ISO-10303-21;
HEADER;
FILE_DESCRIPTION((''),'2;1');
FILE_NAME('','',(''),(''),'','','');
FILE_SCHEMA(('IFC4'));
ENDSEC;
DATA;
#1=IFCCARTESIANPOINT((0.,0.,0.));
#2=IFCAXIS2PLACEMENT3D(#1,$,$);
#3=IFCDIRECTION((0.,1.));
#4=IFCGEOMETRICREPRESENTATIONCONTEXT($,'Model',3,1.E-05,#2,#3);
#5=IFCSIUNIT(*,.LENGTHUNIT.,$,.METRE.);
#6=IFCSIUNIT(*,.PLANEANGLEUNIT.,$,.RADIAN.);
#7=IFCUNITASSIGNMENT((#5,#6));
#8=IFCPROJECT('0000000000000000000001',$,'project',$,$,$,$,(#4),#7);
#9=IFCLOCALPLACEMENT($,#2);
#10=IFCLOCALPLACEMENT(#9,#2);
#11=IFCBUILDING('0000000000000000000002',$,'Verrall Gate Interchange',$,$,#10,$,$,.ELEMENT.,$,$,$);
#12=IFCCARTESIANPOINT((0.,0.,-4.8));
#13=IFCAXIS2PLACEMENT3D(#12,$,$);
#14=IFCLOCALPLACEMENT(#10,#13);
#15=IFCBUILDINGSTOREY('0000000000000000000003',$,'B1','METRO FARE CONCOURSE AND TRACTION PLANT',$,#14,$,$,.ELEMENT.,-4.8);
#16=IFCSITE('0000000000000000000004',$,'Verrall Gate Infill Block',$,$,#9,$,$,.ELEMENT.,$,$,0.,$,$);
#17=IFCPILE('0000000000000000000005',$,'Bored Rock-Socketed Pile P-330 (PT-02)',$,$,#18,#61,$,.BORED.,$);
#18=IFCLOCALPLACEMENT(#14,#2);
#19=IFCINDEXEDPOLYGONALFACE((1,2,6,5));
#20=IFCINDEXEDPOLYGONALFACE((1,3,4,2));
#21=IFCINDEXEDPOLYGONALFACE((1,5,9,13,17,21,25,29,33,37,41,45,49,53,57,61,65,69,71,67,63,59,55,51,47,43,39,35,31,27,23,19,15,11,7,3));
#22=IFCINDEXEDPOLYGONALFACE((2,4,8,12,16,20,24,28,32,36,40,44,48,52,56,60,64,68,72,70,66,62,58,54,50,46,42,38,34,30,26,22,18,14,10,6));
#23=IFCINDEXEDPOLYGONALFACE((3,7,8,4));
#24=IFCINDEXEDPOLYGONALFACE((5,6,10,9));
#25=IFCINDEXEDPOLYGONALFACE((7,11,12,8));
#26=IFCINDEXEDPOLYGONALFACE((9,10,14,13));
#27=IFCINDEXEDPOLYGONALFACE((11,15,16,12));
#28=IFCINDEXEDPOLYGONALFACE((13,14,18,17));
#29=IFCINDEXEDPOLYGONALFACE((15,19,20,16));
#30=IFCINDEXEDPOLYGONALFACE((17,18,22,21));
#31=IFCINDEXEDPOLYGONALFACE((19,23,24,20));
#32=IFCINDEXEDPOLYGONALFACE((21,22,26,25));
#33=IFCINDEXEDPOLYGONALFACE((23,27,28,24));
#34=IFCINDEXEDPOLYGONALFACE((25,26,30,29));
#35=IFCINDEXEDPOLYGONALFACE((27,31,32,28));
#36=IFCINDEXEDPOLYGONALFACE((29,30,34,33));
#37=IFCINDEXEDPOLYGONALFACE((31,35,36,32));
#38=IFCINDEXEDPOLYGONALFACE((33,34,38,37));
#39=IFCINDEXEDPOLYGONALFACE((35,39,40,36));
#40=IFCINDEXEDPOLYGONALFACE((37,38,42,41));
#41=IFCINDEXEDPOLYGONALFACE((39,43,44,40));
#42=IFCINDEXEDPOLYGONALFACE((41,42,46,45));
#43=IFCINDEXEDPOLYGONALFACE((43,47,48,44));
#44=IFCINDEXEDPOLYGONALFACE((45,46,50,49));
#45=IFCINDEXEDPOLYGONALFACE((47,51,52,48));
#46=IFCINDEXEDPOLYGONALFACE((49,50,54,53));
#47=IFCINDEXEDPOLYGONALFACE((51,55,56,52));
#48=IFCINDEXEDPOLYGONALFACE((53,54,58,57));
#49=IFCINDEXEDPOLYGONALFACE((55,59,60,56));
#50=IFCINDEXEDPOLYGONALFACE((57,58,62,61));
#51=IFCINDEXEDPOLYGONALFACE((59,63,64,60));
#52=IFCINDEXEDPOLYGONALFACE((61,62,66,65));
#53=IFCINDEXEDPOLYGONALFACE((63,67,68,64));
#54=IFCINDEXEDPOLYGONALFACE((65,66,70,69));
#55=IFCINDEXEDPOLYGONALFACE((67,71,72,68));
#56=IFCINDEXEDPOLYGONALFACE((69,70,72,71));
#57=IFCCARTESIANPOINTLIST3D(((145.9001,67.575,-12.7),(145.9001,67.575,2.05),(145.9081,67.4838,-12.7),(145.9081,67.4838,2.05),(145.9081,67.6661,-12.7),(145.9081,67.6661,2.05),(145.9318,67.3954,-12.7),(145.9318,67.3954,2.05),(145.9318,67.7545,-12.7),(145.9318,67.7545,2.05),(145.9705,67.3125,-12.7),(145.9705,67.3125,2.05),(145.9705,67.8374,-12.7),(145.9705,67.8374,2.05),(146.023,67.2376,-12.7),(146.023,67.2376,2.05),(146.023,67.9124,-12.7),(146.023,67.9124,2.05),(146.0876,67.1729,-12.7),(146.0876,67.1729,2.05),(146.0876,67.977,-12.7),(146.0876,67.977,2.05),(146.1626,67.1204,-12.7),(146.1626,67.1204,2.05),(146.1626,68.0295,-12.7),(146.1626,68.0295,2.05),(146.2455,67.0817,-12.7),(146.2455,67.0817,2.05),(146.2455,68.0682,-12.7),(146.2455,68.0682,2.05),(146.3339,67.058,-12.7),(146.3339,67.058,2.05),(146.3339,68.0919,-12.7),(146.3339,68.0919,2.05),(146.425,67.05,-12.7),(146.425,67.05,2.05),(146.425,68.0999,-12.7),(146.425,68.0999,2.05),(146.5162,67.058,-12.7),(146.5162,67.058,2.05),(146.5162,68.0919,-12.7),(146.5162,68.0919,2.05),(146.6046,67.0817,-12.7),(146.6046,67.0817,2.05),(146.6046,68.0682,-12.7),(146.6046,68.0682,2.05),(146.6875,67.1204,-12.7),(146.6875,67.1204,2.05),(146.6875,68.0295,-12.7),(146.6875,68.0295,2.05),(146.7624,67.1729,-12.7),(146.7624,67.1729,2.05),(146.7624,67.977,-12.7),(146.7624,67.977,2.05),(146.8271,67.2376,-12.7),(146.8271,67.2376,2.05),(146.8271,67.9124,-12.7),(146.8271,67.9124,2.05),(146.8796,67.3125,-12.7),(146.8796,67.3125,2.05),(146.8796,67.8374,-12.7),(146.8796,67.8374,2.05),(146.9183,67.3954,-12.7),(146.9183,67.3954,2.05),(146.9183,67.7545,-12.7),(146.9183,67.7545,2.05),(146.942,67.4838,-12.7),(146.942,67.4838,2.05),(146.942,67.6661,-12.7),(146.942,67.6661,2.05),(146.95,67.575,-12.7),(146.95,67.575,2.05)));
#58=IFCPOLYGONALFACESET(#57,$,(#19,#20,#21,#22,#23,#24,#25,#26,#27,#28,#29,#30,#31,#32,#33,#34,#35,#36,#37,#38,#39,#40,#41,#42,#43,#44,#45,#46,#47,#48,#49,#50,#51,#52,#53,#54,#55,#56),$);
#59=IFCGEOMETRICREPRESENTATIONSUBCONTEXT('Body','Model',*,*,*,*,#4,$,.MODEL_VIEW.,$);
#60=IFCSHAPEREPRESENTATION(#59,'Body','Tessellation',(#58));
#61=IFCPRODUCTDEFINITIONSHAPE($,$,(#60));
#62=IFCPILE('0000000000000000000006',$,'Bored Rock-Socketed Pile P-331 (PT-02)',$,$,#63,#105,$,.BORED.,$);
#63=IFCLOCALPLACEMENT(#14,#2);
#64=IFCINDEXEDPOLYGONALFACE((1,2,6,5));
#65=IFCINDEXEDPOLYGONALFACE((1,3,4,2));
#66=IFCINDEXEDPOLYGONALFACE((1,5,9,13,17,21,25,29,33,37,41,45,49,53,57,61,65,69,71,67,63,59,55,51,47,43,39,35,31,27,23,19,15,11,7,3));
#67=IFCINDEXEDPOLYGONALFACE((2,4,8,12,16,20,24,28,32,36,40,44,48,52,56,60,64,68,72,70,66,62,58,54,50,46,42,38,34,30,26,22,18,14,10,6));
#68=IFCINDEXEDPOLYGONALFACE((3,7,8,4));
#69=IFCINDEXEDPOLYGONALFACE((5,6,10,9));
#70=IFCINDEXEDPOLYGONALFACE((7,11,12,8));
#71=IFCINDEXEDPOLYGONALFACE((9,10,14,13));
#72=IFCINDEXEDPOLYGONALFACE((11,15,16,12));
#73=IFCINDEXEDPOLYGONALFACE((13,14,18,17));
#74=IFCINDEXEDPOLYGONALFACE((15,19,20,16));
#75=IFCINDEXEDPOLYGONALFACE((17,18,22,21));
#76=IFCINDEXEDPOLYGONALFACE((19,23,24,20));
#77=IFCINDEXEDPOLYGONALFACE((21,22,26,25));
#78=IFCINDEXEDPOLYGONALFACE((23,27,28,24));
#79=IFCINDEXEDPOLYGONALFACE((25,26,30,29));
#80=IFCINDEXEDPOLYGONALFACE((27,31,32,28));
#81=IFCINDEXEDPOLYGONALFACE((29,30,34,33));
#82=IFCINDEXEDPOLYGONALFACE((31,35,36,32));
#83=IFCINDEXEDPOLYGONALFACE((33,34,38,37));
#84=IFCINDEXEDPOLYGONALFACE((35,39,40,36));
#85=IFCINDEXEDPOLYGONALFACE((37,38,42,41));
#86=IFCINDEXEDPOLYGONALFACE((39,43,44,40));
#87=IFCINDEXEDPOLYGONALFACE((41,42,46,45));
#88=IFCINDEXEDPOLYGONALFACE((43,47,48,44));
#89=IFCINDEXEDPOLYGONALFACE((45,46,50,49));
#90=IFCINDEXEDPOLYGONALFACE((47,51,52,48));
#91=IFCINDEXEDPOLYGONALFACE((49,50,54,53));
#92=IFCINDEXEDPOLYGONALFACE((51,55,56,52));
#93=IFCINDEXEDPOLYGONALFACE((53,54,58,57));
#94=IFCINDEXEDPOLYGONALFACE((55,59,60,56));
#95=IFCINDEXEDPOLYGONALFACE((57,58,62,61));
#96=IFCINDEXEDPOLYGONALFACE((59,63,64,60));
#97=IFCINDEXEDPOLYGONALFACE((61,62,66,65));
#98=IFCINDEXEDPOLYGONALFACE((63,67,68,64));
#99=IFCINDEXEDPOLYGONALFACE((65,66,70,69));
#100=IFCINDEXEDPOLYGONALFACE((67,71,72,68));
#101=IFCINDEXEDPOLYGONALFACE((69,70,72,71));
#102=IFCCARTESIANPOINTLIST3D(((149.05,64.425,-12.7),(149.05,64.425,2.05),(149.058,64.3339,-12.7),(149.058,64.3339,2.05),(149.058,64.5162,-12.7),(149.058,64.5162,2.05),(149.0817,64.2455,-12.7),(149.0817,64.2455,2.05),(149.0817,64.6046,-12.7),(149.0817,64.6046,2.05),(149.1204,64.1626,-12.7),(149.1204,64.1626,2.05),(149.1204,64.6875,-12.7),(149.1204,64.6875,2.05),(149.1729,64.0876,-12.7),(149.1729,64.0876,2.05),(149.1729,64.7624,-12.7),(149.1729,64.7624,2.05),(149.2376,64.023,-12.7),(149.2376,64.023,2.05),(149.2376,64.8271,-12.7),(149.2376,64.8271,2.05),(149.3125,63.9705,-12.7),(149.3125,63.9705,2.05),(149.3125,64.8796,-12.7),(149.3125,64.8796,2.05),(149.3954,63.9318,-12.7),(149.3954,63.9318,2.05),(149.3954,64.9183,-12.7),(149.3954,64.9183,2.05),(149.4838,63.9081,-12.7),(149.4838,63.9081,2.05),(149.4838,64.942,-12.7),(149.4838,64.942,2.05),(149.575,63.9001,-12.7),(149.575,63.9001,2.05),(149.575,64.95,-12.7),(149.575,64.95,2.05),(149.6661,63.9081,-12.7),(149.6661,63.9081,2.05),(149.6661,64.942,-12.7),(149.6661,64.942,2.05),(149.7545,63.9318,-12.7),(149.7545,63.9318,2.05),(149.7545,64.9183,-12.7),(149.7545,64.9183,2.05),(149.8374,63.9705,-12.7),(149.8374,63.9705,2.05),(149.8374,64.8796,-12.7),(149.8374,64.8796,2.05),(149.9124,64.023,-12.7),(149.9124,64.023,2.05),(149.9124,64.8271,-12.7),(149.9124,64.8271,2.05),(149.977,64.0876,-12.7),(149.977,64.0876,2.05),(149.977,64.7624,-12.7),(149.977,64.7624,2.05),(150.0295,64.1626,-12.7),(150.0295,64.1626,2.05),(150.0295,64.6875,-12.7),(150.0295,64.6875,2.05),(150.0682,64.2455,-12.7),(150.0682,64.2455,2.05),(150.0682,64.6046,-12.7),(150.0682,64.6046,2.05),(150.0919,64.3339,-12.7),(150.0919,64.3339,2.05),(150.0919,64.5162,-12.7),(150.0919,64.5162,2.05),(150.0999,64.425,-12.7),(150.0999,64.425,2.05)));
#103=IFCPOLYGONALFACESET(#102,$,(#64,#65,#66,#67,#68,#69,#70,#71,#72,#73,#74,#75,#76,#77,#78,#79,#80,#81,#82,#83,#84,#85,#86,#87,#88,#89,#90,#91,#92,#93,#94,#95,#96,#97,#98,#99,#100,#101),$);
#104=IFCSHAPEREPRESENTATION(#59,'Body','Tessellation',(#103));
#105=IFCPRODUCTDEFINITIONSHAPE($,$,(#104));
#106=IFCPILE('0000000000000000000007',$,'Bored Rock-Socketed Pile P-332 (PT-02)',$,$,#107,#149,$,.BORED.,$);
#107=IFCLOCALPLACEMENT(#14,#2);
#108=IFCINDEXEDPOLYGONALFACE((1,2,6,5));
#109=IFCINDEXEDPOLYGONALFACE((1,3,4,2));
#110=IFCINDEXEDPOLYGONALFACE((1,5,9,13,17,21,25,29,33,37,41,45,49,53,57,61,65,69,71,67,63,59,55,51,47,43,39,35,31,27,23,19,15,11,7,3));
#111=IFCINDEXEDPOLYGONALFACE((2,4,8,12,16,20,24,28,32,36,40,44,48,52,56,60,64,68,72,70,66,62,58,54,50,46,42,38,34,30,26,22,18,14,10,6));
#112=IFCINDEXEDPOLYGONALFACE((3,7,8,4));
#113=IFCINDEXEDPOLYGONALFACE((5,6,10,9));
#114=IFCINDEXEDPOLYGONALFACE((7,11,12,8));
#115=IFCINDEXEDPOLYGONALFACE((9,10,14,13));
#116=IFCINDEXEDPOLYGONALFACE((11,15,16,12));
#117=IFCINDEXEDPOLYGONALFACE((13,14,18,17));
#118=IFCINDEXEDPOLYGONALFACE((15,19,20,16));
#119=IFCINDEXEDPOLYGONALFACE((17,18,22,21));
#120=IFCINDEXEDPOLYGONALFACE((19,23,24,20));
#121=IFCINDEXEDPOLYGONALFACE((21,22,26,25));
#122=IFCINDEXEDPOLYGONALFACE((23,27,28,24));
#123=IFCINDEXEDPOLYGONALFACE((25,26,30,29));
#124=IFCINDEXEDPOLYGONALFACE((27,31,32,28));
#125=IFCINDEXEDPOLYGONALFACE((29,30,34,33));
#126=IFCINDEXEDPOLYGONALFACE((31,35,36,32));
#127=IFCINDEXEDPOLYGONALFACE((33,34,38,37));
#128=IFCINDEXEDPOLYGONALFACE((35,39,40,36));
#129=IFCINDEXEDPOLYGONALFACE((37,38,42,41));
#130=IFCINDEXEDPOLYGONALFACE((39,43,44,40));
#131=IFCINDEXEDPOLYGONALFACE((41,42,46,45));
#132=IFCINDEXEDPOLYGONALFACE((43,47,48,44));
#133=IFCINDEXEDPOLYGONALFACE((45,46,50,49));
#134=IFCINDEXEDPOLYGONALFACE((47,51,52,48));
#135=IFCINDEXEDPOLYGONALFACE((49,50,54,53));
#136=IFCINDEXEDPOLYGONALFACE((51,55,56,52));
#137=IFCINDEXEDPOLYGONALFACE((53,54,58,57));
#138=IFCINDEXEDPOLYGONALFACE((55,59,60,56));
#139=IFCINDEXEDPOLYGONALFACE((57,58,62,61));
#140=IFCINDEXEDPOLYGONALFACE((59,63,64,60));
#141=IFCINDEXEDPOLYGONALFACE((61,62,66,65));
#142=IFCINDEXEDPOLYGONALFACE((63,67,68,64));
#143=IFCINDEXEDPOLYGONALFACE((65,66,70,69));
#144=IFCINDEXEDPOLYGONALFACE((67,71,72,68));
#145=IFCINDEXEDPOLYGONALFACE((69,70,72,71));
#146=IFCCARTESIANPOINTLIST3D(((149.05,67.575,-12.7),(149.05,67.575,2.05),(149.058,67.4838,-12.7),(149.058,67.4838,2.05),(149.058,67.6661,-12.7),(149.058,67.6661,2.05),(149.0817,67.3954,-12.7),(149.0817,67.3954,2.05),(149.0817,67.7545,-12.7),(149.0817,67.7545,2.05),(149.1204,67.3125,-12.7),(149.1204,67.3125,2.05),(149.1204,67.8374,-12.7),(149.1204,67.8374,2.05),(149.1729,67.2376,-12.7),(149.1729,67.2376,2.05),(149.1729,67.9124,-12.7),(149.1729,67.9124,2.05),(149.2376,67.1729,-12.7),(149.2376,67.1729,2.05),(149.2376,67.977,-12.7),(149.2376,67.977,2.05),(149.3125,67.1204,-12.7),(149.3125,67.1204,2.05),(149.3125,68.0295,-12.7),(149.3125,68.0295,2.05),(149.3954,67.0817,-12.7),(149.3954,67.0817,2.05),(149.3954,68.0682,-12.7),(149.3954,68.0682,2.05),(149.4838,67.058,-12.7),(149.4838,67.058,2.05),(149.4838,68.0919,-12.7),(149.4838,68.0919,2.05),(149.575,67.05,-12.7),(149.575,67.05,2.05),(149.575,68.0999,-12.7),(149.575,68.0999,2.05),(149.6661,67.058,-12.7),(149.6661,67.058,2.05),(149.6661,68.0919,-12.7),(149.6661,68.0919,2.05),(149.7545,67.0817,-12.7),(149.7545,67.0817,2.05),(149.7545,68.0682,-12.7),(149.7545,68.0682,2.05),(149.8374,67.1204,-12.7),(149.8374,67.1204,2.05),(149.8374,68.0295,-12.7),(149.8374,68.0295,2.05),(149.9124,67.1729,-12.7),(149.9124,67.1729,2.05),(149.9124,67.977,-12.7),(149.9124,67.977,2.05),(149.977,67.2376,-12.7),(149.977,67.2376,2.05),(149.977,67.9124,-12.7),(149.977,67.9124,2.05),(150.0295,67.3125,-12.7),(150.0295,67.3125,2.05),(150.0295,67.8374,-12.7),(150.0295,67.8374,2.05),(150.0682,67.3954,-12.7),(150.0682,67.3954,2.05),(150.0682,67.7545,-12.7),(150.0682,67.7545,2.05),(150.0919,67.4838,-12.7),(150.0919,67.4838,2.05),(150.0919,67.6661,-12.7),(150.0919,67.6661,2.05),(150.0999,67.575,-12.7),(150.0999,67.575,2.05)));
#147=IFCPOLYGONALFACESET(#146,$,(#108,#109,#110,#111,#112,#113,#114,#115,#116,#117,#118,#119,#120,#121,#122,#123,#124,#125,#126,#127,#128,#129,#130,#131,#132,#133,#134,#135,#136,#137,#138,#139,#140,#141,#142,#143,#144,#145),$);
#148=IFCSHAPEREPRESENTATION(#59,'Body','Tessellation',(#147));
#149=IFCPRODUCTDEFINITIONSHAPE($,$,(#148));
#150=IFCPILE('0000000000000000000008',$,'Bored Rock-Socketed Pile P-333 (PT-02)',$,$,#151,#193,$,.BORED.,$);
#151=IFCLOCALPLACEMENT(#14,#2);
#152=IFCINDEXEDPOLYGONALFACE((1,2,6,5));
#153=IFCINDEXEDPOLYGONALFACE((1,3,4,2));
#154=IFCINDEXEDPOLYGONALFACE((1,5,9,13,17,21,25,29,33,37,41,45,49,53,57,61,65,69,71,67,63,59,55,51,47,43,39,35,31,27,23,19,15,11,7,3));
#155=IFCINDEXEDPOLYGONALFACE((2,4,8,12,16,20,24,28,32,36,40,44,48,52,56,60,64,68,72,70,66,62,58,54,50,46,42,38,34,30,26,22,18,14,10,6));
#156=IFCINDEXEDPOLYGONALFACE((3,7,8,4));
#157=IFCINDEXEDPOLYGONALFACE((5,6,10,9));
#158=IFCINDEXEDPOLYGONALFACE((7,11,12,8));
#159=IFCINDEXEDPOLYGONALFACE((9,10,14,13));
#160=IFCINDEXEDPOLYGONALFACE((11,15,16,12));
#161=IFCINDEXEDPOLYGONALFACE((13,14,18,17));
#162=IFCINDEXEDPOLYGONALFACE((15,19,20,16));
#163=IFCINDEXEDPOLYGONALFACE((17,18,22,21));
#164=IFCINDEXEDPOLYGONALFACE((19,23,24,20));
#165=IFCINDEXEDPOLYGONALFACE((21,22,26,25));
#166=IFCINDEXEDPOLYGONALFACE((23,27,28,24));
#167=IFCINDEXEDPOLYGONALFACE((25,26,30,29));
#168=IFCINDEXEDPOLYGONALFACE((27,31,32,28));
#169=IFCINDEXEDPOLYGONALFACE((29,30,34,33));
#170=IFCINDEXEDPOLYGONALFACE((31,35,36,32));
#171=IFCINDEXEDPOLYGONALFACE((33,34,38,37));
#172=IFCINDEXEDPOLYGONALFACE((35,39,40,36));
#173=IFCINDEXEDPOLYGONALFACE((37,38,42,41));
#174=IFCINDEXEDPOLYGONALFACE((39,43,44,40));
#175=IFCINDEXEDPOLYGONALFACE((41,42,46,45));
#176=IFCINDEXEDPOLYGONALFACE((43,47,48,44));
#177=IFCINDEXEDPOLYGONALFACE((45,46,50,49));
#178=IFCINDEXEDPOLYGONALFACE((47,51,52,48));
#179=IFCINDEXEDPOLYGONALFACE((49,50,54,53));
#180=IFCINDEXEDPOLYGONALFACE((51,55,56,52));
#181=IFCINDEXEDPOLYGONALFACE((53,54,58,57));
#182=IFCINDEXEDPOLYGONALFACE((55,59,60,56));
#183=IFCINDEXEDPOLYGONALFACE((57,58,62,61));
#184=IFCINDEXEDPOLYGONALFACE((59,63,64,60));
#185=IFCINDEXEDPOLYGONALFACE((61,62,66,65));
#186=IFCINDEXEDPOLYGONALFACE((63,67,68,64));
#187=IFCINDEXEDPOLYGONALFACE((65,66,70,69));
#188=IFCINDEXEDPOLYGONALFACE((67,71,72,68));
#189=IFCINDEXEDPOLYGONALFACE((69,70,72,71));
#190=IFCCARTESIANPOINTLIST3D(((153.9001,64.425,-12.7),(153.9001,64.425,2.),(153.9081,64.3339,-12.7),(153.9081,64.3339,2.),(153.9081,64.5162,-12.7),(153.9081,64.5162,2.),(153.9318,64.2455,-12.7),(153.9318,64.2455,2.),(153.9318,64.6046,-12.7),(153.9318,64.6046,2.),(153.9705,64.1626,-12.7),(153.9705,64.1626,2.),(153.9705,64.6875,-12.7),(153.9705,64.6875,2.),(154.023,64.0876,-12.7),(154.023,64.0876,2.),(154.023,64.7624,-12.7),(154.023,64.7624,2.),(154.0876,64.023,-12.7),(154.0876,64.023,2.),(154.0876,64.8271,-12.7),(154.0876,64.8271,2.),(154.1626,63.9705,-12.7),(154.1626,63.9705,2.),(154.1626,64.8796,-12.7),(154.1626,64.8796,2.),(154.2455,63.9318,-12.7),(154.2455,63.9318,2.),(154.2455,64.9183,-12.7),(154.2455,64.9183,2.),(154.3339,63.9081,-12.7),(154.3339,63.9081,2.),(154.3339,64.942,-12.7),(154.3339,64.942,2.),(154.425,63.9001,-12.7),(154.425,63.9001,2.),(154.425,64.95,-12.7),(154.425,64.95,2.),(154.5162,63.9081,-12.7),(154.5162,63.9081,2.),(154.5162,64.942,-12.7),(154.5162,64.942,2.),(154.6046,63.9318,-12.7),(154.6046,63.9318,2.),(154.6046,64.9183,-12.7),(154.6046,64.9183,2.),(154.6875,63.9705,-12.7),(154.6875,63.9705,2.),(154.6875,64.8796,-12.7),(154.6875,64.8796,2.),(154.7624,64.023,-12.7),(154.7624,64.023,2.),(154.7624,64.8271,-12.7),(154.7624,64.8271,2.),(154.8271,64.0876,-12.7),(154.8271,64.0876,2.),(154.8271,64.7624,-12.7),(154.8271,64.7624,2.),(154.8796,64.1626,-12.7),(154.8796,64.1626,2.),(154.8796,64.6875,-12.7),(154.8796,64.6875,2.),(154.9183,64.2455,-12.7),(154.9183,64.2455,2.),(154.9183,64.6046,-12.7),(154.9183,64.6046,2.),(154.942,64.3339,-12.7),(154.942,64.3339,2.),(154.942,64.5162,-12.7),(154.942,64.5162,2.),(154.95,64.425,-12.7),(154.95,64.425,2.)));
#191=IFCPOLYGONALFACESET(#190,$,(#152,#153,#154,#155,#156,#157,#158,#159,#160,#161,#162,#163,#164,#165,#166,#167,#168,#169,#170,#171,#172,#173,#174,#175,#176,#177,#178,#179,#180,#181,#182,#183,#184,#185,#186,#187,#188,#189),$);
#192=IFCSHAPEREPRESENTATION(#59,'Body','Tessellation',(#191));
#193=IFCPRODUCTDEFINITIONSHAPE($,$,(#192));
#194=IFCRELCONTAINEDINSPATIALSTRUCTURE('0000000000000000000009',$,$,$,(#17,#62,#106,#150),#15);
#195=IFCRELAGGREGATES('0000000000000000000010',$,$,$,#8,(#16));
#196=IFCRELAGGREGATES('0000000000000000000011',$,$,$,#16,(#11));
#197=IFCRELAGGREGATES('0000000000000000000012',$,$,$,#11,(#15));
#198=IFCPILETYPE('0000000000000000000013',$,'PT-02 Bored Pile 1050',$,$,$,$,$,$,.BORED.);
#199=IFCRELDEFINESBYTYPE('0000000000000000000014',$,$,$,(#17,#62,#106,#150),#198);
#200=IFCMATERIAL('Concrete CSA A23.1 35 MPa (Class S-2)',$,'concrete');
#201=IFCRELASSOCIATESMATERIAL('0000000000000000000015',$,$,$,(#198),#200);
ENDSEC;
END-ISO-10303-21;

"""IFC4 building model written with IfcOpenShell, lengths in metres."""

from ifc_helpers import new_model, si_unit, direction, frame, origin, origin_2d, place, context, subcontext, project, spatial, circle, extrude, material, material_profile, profile_set, type_object, element, save


model = new_model("IFC4")

# Units and contexts
model_context = context("Model", 3, precision=1e-05, world=origin(), true_north=direction((0.0, 1.0)))
body_context = subcontext(model_context, "Body", "Model", "MODEL_VIEW")
ifc_project = project(units=[si_unit("LENGTHUNIT", "METRE"), si_unit("PLANEANGLEUNIT", "RADIAN")], contexts=[model_context])

# Site, building, storey
site_placement = place(None, origin())
site = spatial("IfcSite", under=ifc_project, at=site_placement, Name="Verrall Gate Infill Block", CompositionType="ELEMENT", RefElevation=0.0)
building_placement = place(site_placement, origin())
building = spatial("IfcBuilding", under=site, at=building_placement, Name="Verrall Gate Interchange", CompositionType="ELEMENT")
storey_placement = place(building_placement, frame((0.0, 0.0, -4.8)))
storey = spatial("IfcBuildingStorey", under=building, at=storey_placement, Name="B1", Description="METRO FARE CONCOURSE AND TRACTION PLANT", CompositionType="ELEMENT", Elevation=-4.8)

# Piles
ifc_material_1 = material(Name="Concrete CSA A23.1 35 MPa (Class S-2)", Category="concrete")
ifc_material_profile_1 = material_profile(ifc_material_1, circle(Radius=0.5249, at=origin_2d()), Name="PILE1050D")
ifc_profile_set_1 = profile_set([ifc_material_profile_1], Name="Concrete CSA A23.1 35 MPa (Class S-2)")
pile_type = type_object("IfcPileType", Name="PT-02 Bored Pile 1050", PredefinedType="BORED", material=ifc_profile_set_1)
for number, where, z_axis, x_axis, name in (
    (1, (146.425, 67.575, 2.05), (0.0, 0.0, -1.0), (1.0, 0.0, 0.0), "Bored Rock-Socketed Pile P-330 (PT-02)"),
    (2, (149.575, 64.425, 2.05), (0.0, 0.0, -1.0), (1.0, 0.0, 0.0), "Bored Rock-Socketed Pile P-331 (PT-02)"),
    (3, (149.575, 67.575, 2.05), (0.0, 0.0, -1.0), (1.0, 0.0, 0.0), "Bored Rock-Socketed Pile P-332 (PT-02)"),
):
    element("IfcPile", number, at=place(storey_placement, frame(where, z_axis=z_axis, x_axis=x_axis)), inside=storey, type_object=pile_type, Name=name, PredefinedType="BORED", context=body_context, shape_type="SweptSolid", body=[
        extrude(circle(Radius=0.5249, at=origin_2d()), origin(), (0.0, 0.0, 1.0), 14.75),
    ])
for number, where, z_axis, x_axis, name in (
    (4, (154.425, 64.425, 2.0), (0.0, 0.0, -1.0), (1.0, 0.0, 0.0), "Bored Rock-Socketed Pile P-333 (PT-02)"),
):
    element("IfcPile", number, at=place(storey_placement, frame(where, z_axis=z_axis, x_axis=x_axis)), inside=storey, type_object=pile_type, Name=name, PredefinedType="BORED", context=body_context, shape_type="SweptSolid", body=[
        extrude(circle(Radius=0.5249, at=origin_2d()), origin(), (0.0, 0.0, 1.0), 14.7),
    ])

save(model, "model.ifc")
